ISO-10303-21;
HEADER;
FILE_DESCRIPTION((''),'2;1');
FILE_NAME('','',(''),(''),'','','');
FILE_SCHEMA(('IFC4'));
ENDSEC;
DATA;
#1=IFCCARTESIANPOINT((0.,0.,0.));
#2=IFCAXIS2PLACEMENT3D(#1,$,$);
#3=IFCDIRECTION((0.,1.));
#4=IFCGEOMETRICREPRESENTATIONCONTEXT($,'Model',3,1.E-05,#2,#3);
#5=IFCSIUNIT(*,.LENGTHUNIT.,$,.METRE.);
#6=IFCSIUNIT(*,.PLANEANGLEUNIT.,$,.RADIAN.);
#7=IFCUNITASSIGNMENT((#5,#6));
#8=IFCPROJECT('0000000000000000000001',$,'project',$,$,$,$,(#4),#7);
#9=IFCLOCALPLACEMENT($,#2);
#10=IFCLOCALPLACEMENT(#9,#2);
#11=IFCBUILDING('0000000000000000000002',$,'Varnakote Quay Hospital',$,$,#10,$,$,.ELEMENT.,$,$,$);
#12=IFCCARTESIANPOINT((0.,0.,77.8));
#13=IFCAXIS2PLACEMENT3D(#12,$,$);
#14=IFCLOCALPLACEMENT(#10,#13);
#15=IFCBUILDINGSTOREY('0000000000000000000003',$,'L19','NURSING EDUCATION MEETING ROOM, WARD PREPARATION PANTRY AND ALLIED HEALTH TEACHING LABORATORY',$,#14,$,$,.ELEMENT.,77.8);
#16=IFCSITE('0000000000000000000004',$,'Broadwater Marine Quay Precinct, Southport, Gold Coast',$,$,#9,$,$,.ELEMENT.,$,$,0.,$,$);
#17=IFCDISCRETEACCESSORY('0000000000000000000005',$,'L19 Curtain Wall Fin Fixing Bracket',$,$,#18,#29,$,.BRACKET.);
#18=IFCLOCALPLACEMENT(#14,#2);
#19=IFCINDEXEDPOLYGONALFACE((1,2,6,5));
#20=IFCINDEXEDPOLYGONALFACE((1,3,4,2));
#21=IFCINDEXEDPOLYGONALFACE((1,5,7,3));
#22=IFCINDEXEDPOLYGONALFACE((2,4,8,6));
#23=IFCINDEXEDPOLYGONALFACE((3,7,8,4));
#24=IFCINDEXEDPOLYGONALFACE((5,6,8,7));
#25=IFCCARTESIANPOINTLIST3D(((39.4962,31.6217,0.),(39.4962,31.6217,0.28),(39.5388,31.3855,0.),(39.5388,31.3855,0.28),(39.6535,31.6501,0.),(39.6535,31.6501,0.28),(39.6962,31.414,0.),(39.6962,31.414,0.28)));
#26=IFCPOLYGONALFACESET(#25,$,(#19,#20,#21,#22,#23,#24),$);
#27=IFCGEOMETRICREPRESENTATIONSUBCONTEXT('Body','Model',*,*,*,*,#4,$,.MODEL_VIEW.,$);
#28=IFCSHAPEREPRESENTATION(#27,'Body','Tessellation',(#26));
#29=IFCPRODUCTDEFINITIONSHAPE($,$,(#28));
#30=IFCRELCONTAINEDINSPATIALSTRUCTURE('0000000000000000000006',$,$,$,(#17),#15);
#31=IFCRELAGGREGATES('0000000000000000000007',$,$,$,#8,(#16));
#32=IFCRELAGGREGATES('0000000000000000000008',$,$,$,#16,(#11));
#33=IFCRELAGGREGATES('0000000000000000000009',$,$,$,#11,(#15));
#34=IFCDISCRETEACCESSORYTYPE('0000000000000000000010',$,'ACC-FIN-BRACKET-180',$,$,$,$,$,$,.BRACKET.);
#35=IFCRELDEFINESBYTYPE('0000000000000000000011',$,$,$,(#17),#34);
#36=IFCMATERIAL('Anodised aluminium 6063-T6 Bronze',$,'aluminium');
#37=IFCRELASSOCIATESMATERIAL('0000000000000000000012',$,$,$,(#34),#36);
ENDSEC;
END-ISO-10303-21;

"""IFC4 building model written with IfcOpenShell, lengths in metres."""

from ifc_helpers import new_model, si_unit, direction, frame, origin, origin_2d, place, context, subcontext, project, spatial, rectangle, extrude, material, type_object, element, save


model = new_model("IFC4")

# Units and contexts
model_context = context("Model", 3, precision=1e-05, world=origin(), true_north=direction((0.0, 1.0)))
body_context = subcontext(model_context, "Body", "Model", "MODEL_VIEW")
ifc_project = project(units=[si_unit("LENGTHUNIT", "METRE"), si_unit("PLANEANGLEUNIT", "RADIAN")], contexts=[model_context])

# Site, building, storey
site_placement = place(None, origin())
site = spatial("IfcSite", under=ifc_project, at=site_placement, Name="Broadwater Marine Quay Precinct, Southport, Gold Coast", CompositionType="ELEMENT", RefElevation=0.0)
building_placement = place(site_placement, origin())
building = spatial("IfcBuilding", under=site, at=building_placement, Name="Varnakote Quay Hospital", CompositionType="ELEMENT")
storey_placement = place(building_placement, frame((0.0, 0.0, 77.8)))
storey = spatial("IfcBuildingStorey", under=building, at=storey_placement, Name="L19", Description="NURSING EDUCATION MEETING ROOM, WARD PREPARATION PANTRY AND ALLIED HEALTH TEACHING LABORATORY", CompositionType="ELEMENT", Elevation=77.8)

# Discrete accessory
ifc_material_1 = material(Name="Anodised aluminium 6063-T6 Bronze", Category="aluminium")
discrete_accessory_type = type_object("IfcDiscreteAccessoryType", Name="ACC-FIN-BRACKET-180", PredefinedType="BRACKET", material=ifc_material_1)
discrete_accessory_placement = place(storey_placement, frame((39.5962, 31.5178, 0.0), z_axis=(0.0, 0.0, 1.0), x_axis=(-0.984072, -0.177772, 0.0)))
element("IfcDiscreteAccessory", 1, at=discrete_accessory_placement, inside=storey, type_object=discrete_accessory_type, Name="L19 Curtain Wall Fin Fixing Bracket", PredefinedType="BRACKET", context=body_context, shape_type="SweptSolid", body=[
    extrude(rectangle(XDim=0.1599, YDim=0.24, at=origin_2d()), origin(), (0.0, 0.0, 1.0), 0.28),
])

save(model, "model.ifc")
